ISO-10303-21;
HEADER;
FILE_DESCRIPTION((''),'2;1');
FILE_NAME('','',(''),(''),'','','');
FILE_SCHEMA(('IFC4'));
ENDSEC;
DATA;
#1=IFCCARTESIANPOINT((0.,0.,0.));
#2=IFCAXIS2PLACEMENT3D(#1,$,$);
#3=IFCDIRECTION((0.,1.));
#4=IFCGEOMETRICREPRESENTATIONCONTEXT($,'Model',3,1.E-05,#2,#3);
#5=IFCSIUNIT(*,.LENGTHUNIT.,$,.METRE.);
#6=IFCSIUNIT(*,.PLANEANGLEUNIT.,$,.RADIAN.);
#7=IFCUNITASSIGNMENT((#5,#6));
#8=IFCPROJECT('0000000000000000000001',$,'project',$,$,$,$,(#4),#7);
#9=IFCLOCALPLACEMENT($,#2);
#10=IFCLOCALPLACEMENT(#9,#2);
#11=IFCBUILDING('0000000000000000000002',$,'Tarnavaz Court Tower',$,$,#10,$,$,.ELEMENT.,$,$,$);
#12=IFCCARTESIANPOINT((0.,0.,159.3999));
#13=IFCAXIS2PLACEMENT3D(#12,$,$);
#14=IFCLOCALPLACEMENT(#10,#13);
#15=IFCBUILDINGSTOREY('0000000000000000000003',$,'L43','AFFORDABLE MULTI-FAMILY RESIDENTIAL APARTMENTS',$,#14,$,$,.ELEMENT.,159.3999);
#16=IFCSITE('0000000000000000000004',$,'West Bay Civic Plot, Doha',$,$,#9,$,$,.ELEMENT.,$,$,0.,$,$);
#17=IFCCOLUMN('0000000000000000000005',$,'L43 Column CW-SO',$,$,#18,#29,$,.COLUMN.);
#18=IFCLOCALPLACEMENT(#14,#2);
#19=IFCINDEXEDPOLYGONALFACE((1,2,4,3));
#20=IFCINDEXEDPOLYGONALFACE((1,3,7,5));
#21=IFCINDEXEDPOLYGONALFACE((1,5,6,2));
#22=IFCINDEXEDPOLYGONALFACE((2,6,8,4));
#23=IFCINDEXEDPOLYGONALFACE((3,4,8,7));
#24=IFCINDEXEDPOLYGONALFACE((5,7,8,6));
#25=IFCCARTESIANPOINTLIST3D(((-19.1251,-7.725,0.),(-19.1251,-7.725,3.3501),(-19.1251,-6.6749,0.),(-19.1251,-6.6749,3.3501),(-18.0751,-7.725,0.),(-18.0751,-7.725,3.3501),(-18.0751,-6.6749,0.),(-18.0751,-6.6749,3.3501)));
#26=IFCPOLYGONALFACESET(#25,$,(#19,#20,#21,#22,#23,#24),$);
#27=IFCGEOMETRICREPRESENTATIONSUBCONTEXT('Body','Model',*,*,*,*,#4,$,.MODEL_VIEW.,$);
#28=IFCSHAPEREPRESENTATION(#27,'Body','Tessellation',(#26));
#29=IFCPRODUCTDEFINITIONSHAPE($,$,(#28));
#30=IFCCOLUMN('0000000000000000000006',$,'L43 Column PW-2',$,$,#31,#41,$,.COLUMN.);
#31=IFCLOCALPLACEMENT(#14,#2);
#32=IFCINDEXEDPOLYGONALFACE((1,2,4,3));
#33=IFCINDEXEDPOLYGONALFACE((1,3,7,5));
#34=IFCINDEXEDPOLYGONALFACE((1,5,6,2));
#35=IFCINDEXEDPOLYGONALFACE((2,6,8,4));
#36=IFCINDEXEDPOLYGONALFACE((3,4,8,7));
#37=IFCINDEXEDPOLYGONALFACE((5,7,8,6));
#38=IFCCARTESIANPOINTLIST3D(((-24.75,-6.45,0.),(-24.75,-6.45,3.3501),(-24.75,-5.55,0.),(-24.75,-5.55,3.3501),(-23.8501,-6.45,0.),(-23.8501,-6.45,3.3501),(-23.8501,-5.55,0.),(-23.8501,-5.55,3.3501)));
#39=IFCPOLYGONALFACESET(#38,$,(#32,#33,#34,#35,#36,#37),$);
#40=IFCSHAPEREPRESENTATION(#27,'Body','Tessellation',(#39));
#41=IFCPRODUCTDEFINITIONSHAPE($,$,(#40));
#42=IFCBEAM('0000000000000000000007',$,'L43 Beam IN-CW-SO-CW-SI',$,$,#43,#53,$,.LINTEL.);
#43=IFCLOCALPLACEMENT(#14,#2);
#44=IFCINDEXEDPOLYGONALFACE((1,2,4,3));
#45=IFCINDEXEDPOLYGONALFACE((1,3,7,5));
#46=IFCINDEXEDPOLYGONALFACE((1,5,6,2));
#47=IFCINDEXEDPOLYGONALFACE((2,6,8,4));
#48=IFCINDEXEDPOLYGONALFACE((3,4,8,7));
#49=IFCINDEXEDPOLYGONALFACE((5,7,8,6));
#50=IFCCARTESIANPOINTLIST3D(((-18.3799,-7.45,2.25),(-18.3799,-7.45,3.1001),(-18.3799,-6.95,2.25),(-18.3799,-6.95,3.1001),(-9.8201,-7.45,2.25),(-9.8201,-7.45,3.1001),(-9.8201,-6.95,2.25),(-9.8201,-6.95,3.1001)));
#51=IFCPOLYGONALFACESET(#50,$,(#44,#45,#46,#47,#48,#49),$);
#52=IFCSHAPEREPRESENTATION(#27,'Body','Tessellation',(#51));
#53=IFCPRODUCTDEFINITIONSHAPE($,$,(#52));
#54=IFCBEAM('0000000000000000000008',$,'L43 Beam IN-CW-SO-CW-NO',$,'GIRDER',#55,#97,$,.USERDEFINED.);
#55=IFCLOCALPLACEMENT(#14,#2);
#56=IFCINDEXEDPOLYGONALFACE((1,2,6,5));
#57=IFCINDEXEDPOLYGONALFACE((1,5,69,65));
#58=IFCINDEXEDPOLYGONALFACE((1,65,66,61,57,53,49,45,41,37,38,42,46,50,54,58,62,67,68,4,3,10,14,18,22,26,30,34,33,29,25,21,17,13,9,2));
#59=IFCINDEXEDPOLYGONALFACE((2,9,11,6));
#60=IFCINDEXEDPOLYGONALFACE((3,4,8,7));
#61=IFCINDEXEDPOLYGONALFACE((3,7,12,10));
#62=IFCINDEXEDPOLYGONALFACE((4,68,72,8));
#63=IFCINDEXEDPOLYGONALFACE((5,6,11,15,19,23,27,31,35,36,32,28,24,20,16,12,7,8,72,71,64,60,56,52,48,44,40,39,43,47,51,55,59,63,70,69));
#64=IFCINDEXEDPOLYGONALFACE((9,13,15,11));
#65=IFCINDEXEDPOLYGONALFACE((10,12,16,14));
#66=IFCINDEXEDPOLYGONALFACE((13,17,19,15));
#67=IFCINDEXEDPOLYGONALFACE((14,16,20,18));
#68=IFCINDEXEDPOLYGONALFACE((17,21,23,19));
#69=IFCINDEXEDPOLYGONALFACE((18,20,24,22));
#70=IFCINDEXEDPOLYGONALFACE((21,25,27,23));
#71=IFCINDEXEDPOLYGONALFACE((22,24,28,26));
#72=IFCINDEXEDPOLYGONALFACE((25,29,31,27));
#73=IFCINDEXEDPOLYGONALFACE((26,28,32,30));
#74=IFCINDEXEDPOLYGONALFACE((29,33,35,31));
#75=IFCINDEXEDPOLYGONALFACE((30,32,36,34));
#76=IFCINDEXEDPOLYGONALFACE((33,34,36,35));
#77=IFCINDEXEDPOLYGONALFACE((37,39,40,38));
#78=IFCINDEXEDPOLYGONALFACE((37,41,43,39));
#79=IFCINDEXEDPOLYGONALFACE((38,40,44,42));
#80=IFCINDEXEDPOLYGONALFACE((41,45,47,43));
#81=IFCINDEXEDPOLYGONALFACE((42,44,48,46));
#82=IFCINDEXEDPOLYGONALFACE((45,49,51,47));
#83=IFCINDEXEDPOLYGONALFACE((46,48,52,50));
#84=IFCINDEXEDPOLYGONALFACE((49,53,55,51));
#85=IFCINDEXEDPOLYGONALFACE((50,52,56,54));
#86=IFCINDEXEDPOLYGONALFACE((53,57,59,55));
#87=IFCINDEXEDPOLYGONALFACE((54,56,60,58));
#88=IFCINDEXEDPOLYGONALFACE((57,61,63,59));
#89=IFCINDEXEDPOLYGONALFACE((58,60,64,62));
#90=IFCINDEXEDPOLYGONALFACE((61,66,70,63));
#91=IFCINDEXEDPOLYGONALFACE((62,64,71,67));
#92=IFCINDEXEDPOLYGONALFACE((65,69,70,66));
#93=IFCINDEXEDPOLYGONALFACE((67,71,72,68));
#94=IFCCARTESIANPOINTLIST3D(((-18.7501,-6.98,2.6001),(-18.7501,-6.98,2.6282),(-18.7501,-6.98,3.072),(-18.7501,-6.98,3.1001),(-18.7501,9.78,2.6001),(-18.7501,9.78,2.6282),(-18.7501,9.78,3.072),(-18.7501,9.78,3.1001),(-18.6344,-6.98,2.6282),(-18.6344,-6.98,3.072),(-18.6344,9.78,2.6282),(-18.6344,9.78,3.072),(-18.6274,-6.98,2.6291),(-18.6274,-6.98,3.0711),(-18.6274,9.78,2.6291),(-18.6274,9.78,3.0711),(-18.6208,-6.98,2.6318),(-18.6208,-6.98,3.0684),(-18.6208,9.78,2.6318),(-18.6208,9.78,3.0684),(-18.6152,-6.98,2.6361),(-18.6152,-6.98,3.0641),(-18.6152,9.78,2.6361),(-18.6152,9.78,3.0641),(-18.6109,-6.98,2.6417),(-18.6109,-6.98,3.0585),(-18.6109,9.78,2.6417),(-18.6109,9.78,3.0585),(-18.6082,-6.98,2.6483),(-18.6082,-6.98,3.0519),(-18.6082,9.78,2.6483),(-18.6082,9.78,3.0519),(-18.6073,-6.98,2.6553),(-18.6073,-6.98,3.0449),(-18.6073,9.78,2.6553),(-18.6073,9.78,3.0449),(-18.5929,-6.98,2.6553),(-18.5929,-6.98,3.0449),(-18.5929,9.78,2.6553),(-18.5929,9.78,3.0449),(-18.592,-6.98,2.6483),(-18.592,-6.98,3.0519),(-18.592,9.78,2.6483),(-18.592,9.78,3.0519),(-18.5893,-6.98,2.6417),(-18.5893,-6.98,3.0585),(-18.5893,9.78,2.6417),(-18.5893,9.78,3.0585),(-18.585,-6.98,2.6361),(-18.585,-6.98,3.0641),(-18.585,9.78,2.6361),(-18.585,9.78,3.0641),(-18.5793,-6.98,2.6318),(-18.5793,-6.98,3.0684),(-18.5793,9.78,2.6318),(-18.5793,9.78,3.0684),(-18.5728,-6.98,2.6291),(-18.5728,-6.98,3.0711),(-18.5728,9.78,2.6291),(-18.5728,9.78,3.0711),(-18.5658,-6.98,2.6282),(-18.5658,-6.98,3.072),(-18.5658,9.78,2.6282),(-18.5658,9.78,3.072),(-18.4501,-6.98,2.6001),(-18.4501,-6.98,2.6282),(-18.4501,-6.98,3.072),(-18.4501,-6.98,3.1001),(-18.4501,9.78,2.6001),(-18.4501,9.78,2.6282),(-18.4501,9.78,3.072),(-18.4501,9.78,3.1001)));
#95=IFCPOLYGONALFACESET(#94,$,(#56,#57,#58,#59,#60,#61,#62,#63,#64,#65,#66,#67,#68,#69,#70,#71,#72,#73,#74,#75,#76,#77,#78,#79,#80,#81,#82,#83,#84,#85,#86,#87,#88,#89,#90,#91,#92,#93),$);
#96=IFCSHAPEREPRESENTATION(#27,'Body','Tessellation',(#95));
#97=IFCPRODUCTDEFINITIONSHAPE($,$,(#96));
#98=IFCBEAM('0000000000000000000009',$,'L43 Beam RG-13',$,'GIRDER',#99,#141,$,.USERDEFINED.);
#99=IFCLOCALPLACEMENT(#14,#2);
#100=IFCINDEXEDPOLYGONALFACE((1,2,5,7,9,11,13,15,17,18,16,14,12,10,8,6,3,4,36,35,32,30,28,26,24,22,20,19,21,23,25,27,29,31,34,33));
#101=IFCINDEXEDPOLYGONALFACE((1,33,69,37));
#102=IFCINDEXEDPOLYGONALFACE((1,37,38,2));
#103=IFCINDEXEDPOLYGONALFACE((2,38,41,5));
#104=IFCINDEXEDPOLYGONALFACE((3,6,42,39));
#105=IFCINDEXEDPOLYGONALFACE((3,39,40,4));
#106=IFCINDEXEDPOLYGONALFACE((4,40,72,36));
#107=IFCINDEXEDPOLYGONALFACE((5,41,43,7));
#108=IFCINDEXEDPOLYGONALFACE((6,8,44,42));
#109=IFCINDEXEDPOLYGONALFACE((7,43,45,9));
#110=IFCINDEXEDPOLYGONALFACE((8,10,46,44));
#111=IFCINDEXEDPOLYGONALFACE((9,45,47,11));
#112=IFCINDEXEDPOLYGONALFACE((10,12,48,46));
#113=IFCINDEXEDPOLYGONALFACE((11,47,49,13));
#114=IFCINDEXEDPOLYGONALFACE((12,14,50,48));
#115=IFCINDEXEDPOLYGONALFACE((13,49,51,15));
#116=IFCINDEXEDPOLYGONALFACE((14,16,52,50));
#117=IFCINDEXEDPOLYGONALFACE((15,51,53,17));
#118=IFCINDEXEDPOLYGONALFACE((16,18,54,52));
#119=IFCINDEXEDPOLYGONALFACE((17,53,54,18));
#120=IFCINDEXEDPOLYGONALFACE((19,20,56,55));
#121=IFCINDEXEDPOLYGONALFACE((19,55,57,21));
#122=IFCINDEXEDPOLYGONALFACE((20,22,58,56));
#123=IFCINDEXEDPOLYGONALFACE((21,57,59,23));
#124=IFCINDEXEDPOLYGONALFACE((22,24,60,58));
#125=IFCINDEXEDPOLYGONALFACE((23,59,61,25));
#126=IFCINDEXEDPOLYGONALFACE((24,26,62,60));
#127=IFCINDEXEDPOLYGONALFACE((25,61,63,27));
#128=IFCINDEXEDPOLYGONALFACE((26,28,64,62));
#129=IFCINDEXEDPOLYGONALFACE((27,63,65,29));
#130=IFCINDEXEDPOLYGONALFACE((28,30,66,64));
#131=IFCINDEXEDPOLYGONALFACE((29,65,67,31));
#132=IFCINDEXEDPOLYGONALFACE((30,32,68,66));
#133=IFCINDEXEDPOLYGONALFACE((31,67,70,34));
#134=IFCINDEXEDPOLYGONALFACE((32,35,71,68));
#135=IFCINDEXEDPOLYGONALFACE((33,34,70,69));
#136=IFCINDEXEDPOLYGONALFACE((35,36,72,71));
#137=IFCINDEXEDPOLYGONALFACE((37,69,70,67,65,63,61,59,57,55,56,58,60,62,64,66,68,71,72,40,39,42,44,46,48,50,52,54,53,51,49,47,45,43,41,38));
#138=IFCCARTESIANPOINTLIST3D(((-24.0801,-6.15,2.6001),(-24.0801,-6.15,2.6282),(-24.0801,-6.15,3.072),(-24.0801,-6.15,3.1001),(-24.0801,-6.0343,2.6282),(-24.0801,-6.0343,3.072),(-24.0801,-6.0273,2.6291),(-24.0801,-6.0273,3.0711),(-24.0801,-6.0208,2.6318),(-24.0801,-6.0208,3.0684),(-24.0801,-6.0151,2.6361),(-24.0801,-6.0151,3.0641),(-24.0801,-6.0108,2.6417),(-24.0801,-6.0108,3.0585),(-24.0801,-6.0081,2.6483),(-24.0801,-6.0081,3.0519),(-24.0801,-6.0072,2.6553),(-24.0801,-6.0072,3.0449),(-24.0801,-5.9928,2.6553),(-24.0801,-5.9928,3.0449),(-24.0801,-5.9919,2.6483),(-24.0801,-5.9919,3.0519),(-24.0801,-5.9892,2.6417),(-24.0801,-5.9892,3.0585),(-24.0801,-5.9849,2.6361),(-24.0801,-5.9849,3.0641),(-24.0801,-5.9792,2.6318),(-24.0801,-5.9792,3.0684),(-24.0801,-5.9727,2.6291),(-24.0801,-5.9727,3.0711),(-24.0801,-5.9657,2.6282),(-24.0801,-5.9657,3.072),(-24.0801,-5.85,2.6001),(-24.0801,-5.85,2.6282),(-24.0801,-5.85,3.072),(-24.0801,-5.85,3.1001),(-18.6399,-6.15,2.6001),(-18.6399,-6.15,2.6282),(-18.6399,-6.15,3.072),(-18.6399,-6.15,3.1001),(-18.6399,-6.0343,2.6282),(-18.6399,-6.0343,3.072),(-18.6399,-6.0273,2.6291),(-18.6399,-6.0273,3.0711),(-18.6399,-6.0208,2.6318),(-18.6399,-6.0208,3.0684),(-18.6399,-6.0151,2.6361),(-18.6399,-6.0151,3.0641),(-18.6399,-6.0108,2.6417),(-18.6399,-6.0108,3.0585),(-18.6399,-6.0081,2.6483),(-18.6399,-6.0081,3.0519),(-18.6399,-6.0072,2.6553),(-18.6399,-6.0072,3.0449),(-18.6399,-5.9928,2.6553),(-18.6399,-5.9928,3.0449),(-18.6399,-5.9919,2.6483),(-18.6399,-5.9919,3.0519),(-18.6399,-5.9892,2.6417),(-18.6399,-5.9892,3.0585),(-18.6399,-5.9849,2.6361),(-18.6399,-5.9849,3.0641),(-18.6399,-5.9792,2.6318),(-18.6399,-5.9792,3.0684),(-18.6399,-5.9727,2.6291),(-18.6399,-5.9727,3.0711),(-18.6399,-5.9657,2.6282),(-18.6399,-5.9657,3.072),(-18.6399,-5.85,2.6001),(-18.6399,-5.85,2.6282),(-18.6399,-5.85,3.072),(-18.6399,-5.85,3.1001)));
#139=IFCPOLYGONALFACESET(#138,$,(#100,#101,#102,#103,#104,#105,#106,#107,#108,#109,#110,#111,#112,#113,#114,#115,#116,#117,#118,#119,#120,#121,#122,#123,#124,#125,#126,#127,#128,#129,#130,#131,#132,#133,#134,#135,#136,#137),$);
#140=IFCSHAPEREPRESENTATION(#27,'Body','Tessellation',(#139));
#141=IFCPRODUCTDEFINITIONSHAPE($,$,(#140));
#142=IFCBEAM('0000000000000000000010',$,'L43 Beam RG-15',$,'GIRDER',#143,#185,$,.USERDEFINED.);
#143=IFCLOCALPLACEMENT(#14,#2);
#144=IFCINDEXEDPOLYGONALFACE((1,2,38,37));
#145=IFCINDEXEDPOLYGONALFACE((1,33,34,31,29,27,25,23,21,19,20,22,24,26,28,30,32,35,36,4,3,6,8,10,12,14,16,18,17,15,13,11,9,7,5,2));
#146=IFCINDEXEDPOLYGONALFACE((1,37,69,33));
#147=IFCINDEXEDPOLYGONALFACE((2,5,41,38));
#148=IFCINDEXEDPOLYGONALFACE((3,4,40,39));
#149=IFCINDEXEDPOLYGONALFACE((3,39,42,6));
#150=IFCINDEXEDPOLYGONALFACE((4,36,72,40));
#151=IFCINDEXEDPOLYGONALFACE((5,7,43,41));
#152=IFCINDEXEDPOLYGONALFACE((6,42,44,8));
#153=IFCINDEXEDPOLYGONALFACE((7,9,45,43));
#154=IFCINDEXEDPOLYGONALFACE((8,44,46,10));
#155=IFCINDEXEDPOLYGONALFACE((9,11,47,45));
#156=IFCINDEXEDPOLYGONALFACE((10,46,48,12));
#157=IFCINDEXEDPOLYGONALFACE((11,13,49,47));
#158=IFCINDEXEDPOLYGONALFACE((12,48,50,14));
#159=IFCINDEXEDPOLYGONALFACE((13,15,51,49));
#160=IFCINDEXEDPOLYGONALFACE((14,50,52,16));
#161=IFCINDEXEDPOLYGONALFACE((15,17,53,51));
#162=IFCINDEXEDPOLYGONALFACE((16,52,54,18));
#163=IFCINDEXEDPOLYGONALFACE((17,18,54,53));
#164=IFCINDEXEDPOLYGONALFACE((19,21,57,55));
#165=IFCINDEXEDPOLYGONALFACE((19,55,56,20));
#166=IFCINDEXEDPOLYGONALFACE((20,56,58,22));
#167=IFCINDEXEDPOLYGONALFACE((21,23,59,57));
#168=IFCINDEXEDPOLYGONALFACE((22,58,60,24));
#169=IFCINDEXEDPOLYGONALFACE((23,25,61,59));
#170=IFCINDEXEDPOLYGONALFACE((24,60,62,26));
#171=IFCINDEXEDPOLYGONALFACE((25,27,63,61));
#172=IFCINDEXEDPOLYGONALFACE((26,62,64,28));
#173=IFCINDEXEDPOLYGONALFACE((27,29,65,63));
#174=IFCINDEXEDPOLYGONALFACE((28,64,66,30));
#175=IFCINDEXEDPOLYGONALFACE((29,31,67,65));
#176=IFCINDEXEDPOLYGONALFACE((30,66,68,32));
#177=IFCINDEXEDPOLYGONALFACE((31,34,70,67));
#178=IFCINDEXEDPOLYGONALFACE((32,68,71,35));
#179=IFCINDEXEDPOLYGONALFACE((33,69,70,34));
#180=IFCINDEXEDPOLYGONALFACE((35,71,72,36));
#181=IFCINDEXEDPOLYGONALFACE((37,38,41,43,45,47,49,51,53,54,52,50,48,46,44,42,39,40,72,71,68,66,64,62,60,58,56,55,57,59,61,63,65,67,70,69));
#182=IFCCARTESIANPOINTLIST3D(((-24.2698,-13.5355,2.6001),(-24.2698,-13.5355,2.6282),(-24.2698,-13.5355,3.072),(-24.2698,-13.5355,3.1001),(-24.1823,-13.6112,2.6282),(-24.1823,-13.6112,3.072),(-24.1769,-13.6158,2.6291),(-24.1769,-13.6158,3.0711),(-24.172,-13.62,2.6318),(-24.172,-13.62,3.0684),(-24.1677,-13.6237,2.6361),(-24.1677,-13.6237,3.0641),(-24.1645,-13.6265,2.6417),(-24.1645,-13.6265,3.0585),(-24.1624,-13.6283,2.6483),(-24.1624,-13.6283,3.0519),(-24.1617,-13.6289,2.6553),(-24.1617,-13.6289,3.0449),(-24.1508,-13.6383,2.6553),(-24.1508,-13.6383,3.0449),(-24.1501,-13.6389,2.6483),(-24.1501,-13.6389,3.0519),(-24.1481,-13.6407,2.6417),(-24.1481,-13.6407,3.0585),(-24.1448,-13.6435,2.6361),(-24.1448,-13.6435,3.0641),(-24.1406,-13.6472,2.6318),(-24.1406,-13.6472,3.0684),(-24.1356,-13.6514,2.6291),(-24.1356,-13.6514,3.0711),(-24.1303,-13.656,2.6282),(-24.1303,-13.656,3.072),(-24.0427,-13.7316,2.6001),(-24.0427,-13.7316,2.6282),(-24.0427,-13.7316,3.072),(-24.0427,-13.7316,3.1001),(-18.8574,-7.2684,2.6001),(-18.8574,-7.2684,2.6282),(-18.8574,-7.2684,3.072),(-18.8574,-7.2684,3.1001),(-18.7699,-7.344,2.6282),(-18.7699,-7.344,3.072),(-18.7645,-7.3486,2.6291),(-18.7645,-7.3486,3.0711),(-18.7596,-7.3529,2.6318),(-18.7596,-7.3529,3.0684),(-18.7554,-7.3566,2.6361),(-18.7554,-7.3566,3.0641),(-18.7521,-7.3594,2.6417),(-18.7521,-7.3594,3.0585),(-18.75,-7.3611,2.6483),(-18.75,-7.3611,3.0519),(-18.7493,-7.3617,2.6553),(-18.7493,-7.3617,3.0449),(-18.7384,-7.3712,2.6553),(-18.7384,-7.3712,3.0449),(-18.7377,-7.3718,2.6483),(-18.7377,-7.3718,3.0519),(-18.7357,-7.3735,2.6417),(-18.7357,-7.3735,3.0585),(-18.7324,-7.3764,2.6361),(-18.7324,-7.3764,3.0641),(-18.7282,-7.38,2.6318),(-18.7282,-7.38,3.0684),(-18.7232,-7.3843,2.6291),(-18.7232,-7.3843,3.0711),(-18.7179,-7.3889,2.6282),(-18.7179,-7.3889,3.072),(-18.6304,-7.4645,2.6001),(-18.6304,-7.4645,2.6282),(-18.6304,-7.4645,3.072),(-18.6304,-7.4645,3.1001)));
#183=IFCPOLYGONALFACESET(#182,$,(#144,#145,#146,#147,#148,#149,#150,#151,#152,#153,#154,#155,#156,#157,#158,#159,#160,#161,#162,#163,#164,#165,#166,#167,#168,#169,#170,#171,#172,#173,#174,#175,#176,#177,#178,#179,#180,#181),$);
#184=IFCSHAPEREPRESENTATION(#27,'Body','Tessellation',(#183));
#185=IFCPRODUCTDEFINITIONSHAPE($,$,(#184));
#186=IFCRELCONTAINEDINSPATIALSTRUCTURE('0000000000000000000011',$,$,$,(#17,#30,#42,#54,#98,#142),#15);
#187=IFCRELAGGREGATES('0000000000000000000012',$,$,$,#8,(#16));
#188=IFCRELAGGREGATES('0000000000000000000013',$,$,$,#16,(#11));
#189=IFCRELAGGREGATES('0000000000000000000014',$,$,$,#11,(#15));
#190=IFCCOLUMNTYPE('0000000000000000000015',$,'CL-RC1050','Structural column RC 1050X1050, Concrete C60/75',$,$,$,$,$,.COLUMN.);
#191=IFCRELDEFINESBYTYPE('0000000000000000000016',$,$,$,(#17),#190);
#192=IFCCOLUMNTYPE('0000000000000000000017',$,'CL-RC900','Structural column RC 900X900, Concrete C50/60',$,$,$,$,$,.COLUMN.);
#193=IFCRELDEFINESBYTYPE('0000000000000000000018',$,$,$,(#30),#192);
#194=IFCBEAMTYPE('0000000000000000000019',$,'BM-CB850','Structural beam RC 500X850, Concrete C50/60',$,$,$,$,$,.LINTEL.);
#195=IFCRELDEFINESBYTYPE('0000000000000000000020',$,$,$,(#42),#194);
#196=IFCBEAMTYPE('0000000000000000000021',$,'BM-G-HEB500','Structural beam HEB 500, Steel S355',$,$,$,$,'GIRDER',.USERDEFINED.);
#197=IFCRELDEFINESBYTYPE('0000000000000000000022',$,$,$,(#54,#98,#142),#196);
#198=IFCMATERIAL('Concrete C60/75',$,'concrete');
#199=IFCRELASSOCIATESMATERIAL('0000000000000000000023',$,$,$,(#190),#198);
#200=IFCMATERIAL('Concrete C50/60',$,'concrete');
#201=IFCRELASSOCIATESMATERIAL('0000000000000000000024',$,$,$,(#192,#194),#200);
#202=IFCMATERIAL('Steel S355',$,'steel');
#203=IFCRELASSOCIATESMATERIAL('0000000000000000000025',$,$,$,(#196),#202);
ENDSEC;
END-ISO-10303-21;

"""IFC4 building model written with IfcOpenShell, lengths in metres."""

from ifc_helpers import new_model, si_unit, direction, frame, origin, origin_2d, place, context, subcontext, project, spatial, rectangle, i_section, extrude, material, material_profile, profile_set, type_object, element, save


model = new_model("IFC4")

# Units and contexts
model_context = context("Model", 3, precision=1e-05, world=origin(), true_north=direction((0.0, 1.0)))
body_context = subcontext(model_context, "Body", "Model", "MODEL_VIEW")
ifc_project = project(units=[si_unit("LENGTHUNIT", "METRE"), si_unit("PLANEANGLEUNIT", "RADIAN")], contexts=[model_context])

# Site, building, storey
site_placement = place(None, origin())
site = spatial("IfcSite", under=ifc_project, at=site_placement, Name="West Bay Civic Plot, Doha", CompositionType="ELEMENT", RefElevation=0.0)
building_placement = place(site_placement, origin())
building = spatial("IfcBuilding", under=site, at=building_placement, Name="Tarnavaz Court Tower", CompositionType="ELEMENT")
storey_placement = place(building_placement, frame((0.0, 0.0, 159.3999)))
storey = spatial("IfcBuildingStorey", under=building, at=storey_placement, Name="L43", Description="AFFORDABLE MULTI-FAMILY RESIDENTIAL APARTMENTS", CompositionType="ELEMENT", Elevation=159.3999)

# Columns
ifc_material_1 = material(Name="Concrete C60/75", Category="concrete")
ifc_material_profile_1 = material_profile(ifc_material_1, rectangle(XDim=1.05, YDim=1.05, at=origin_2d()), Name="RC 1050X1050")
ifc_profile_set_1 = profile_set([ifc_material_profile_1], Name="Concrete C60/75")
column_type_1 = type_object("IfcColumnType", Name="CL-RC1050", Description="Structural column RC 1050X1050, Concrete C60/75", PredefinedType="COLUMN", material=ifc_profile_set_1)
column_1_placement = place(storey_placement, frame((-18.6001, -7.2, 0.0), z_axis=(0.0, 0.0, 1.0), x_axis=(1.0, 0.0, 0.0)))
element("IfcColumn", 1, at=column_1_placement, inside=storey, type_object=column_type_1, Name="L43 Column CW-SO", PredefinedType="COLUMN", context=body_context, shape_type="SweptSolid", body=[
    extrude(rectangle(XDim=1.05, YDim=1.05, at=origin_2d()), origin(), (0.0, 0.0, 1.0), 3.3501),
])
ifc_material_2 = material(Name="Concrete C50/60", Category="concrete")
ifc_material_profile_2 = material_profile(ifc_material_2, rectangle(XDim=0.8999, YDim=0.8999, at=origin_2d()), Name="RC 900X900")
ifc_profile_set_2 = profile_set([ifc_material_profile_2], Name="Concrete C50/60")
column_type_2 = type_object("IfcColumnType", Name="CL-RC900", Description="Structural column RC 900X900, Concrete C50/60", PredefinedType="COLUMN", material=ifc_profile_set_2)
column_2_placement = place(storey_placement, frame((-24.3, -6.0, 0.0), z_axis=(0.0, 0.0, 1.0), x_axis=(1.0, 0.0, 0.0)))
element("IfcColumn", 2, at=column_2_placement, inside=storey, type_object=column_type_2, Name="L43 Column PW-2", PredefinedType="COLUMN", context=body_context, shape_type="SweptSolid", body=[
    extrude(rectangle(XDim=0.8999, YDim=0.8999, at=origin_2d()), origin(), (0.0, 0.0, 1.0), 3.3501),
])

# Beams
ifc_material_profile_3 = material_profile(ifc_material_2, rectangle(XDim=0.5, YDim=0.8501, at=origin_2d()), Name="RC 500X850")
ifc_profile_set_3 = profile_set([ifc_material_profile_3], Name="Concrete C50/60")
beam_type_1 = type_object("IfcBeamType", Name="BM-CB850", Description="Structural beam RC 500X850, Concrete C50/60", PredefinedType="LINTEL", material=ifc_profile_set_3)
beam_1_placement = place(storey_placement, frame((-18.3799, -7.2, 2.675), z_axis=(1.0, 0.0, 0.0), x_axis=(0.0, 1.0, 0.0)))
element("IfcBeam", 3, at=beam_1_placement, inside=storey, type_object=beam_type_1, Name="L43 Beam IN-CW-SO-CW-SI", PredefinedType="LINTEL", context=body_context, shape_type="SweptSolid", body=[
    extrude(rectangle(XDim=0.5, YDim=0.8501, at=origin_2d()), origin(), (0.0, 0.0, 1.0), 8.5598),
])
ifc_material_3 = material(Name="Steel S355", Category="steel")
ifc_material_profile_4 = material_profile(ifc_material_3, i_section(OverallWidth=0.3, OverallDepth=0.5, WebThickness=0.0144, FlangeThickness=0.0281, FilletRadius=0.0271, at=origin_2d()), Name="HEB 500")
ifc_profile_set_4 = profile_set([ifc_material_profile_4], Name="Steel S355")
beam_type_2 = type_object("IfcBeamType", Name="BM-G-HEB500", Description="Structural beam HEB 500, Steel S355", ElementType="GIRDER", PredefinedType="USERDEFINED", material=ifc_profile_set_4)
beam_2_placement = place(storey_placement, frame((-18.6001, -6.98, 2.8501), z_axis=(0.0, 1.0, 0.0), x_axis=(-1.0, 0.0, 0.0)))
element("IfcBeam", 4, at=beam_2_placement, inside=storey, type_object=beam_type_2, Name="L43 Beam IN-CW-SO-CW-NO", ObjectType="GIRDER", PredefinedType="USERDEFINED", context=body_context, shape_type="SweptSolid", body=[
    extrude(i_section(OverallWidth=0.3, OverallDepth=0.5, WebThickness=0.0144, FlangeThickness=0.0281, FilletRadius=0.0271, at=origin_2d()), origin(), (0.0, 0.0, 1.0), 16.76),
])
beam_3_placement = place(storey_placement, frame((-18.6399, -6.0, 2.8501), z_axis=(-1.0, 0.0, 0.0), x_axis=(0.0, -1.0, 0.0)))
element("IfcBeam", 5, at=beam_3_placement, inside=storey, type_object=beam_type_2, Name="L43 Beam RG-13", ObjectType="GIRDER", PredefinedType="USERDEFINED", context=body_context, shape_type="SweptSolid", body=[
    extrude(i_section(OverallWidth=0.3, OverallDepth=0.5, WebThickness=0.0144, FlangeThickness=0.0281, FilletRadius=0.0271, at=origin_2d()), origin(), (0.0, 0.0, 1.0), 5.4402),
])
beam_4_placement = place(storey_placement, frame((-18.7439, -7.3665, 2.8501), z_axis=(-0.653611, -0.756831, 0.0), x_axis=(0.756831, -0.653611, 0.0)))
element("IfcBeam", 6, at=beam_4_placement, inside=storey, type_object=beam_type_2, Name="L43 Beam RG-15", ObjectType="GIRDER", PredefinedType="USERDEFINED", context=body_context, shape_type="SweptSolid", body=[
    extrude(i_section(OverallWidth=0.3, OverallDepth=0.5, WebThickness=0.0144, FlangeThickness=0.0281, FilletRadius=0.0271, at=origin_2d()), origin(), (0.0, 0.0, 1.0), 8.2808),
])

save(model, "model.ifc")
